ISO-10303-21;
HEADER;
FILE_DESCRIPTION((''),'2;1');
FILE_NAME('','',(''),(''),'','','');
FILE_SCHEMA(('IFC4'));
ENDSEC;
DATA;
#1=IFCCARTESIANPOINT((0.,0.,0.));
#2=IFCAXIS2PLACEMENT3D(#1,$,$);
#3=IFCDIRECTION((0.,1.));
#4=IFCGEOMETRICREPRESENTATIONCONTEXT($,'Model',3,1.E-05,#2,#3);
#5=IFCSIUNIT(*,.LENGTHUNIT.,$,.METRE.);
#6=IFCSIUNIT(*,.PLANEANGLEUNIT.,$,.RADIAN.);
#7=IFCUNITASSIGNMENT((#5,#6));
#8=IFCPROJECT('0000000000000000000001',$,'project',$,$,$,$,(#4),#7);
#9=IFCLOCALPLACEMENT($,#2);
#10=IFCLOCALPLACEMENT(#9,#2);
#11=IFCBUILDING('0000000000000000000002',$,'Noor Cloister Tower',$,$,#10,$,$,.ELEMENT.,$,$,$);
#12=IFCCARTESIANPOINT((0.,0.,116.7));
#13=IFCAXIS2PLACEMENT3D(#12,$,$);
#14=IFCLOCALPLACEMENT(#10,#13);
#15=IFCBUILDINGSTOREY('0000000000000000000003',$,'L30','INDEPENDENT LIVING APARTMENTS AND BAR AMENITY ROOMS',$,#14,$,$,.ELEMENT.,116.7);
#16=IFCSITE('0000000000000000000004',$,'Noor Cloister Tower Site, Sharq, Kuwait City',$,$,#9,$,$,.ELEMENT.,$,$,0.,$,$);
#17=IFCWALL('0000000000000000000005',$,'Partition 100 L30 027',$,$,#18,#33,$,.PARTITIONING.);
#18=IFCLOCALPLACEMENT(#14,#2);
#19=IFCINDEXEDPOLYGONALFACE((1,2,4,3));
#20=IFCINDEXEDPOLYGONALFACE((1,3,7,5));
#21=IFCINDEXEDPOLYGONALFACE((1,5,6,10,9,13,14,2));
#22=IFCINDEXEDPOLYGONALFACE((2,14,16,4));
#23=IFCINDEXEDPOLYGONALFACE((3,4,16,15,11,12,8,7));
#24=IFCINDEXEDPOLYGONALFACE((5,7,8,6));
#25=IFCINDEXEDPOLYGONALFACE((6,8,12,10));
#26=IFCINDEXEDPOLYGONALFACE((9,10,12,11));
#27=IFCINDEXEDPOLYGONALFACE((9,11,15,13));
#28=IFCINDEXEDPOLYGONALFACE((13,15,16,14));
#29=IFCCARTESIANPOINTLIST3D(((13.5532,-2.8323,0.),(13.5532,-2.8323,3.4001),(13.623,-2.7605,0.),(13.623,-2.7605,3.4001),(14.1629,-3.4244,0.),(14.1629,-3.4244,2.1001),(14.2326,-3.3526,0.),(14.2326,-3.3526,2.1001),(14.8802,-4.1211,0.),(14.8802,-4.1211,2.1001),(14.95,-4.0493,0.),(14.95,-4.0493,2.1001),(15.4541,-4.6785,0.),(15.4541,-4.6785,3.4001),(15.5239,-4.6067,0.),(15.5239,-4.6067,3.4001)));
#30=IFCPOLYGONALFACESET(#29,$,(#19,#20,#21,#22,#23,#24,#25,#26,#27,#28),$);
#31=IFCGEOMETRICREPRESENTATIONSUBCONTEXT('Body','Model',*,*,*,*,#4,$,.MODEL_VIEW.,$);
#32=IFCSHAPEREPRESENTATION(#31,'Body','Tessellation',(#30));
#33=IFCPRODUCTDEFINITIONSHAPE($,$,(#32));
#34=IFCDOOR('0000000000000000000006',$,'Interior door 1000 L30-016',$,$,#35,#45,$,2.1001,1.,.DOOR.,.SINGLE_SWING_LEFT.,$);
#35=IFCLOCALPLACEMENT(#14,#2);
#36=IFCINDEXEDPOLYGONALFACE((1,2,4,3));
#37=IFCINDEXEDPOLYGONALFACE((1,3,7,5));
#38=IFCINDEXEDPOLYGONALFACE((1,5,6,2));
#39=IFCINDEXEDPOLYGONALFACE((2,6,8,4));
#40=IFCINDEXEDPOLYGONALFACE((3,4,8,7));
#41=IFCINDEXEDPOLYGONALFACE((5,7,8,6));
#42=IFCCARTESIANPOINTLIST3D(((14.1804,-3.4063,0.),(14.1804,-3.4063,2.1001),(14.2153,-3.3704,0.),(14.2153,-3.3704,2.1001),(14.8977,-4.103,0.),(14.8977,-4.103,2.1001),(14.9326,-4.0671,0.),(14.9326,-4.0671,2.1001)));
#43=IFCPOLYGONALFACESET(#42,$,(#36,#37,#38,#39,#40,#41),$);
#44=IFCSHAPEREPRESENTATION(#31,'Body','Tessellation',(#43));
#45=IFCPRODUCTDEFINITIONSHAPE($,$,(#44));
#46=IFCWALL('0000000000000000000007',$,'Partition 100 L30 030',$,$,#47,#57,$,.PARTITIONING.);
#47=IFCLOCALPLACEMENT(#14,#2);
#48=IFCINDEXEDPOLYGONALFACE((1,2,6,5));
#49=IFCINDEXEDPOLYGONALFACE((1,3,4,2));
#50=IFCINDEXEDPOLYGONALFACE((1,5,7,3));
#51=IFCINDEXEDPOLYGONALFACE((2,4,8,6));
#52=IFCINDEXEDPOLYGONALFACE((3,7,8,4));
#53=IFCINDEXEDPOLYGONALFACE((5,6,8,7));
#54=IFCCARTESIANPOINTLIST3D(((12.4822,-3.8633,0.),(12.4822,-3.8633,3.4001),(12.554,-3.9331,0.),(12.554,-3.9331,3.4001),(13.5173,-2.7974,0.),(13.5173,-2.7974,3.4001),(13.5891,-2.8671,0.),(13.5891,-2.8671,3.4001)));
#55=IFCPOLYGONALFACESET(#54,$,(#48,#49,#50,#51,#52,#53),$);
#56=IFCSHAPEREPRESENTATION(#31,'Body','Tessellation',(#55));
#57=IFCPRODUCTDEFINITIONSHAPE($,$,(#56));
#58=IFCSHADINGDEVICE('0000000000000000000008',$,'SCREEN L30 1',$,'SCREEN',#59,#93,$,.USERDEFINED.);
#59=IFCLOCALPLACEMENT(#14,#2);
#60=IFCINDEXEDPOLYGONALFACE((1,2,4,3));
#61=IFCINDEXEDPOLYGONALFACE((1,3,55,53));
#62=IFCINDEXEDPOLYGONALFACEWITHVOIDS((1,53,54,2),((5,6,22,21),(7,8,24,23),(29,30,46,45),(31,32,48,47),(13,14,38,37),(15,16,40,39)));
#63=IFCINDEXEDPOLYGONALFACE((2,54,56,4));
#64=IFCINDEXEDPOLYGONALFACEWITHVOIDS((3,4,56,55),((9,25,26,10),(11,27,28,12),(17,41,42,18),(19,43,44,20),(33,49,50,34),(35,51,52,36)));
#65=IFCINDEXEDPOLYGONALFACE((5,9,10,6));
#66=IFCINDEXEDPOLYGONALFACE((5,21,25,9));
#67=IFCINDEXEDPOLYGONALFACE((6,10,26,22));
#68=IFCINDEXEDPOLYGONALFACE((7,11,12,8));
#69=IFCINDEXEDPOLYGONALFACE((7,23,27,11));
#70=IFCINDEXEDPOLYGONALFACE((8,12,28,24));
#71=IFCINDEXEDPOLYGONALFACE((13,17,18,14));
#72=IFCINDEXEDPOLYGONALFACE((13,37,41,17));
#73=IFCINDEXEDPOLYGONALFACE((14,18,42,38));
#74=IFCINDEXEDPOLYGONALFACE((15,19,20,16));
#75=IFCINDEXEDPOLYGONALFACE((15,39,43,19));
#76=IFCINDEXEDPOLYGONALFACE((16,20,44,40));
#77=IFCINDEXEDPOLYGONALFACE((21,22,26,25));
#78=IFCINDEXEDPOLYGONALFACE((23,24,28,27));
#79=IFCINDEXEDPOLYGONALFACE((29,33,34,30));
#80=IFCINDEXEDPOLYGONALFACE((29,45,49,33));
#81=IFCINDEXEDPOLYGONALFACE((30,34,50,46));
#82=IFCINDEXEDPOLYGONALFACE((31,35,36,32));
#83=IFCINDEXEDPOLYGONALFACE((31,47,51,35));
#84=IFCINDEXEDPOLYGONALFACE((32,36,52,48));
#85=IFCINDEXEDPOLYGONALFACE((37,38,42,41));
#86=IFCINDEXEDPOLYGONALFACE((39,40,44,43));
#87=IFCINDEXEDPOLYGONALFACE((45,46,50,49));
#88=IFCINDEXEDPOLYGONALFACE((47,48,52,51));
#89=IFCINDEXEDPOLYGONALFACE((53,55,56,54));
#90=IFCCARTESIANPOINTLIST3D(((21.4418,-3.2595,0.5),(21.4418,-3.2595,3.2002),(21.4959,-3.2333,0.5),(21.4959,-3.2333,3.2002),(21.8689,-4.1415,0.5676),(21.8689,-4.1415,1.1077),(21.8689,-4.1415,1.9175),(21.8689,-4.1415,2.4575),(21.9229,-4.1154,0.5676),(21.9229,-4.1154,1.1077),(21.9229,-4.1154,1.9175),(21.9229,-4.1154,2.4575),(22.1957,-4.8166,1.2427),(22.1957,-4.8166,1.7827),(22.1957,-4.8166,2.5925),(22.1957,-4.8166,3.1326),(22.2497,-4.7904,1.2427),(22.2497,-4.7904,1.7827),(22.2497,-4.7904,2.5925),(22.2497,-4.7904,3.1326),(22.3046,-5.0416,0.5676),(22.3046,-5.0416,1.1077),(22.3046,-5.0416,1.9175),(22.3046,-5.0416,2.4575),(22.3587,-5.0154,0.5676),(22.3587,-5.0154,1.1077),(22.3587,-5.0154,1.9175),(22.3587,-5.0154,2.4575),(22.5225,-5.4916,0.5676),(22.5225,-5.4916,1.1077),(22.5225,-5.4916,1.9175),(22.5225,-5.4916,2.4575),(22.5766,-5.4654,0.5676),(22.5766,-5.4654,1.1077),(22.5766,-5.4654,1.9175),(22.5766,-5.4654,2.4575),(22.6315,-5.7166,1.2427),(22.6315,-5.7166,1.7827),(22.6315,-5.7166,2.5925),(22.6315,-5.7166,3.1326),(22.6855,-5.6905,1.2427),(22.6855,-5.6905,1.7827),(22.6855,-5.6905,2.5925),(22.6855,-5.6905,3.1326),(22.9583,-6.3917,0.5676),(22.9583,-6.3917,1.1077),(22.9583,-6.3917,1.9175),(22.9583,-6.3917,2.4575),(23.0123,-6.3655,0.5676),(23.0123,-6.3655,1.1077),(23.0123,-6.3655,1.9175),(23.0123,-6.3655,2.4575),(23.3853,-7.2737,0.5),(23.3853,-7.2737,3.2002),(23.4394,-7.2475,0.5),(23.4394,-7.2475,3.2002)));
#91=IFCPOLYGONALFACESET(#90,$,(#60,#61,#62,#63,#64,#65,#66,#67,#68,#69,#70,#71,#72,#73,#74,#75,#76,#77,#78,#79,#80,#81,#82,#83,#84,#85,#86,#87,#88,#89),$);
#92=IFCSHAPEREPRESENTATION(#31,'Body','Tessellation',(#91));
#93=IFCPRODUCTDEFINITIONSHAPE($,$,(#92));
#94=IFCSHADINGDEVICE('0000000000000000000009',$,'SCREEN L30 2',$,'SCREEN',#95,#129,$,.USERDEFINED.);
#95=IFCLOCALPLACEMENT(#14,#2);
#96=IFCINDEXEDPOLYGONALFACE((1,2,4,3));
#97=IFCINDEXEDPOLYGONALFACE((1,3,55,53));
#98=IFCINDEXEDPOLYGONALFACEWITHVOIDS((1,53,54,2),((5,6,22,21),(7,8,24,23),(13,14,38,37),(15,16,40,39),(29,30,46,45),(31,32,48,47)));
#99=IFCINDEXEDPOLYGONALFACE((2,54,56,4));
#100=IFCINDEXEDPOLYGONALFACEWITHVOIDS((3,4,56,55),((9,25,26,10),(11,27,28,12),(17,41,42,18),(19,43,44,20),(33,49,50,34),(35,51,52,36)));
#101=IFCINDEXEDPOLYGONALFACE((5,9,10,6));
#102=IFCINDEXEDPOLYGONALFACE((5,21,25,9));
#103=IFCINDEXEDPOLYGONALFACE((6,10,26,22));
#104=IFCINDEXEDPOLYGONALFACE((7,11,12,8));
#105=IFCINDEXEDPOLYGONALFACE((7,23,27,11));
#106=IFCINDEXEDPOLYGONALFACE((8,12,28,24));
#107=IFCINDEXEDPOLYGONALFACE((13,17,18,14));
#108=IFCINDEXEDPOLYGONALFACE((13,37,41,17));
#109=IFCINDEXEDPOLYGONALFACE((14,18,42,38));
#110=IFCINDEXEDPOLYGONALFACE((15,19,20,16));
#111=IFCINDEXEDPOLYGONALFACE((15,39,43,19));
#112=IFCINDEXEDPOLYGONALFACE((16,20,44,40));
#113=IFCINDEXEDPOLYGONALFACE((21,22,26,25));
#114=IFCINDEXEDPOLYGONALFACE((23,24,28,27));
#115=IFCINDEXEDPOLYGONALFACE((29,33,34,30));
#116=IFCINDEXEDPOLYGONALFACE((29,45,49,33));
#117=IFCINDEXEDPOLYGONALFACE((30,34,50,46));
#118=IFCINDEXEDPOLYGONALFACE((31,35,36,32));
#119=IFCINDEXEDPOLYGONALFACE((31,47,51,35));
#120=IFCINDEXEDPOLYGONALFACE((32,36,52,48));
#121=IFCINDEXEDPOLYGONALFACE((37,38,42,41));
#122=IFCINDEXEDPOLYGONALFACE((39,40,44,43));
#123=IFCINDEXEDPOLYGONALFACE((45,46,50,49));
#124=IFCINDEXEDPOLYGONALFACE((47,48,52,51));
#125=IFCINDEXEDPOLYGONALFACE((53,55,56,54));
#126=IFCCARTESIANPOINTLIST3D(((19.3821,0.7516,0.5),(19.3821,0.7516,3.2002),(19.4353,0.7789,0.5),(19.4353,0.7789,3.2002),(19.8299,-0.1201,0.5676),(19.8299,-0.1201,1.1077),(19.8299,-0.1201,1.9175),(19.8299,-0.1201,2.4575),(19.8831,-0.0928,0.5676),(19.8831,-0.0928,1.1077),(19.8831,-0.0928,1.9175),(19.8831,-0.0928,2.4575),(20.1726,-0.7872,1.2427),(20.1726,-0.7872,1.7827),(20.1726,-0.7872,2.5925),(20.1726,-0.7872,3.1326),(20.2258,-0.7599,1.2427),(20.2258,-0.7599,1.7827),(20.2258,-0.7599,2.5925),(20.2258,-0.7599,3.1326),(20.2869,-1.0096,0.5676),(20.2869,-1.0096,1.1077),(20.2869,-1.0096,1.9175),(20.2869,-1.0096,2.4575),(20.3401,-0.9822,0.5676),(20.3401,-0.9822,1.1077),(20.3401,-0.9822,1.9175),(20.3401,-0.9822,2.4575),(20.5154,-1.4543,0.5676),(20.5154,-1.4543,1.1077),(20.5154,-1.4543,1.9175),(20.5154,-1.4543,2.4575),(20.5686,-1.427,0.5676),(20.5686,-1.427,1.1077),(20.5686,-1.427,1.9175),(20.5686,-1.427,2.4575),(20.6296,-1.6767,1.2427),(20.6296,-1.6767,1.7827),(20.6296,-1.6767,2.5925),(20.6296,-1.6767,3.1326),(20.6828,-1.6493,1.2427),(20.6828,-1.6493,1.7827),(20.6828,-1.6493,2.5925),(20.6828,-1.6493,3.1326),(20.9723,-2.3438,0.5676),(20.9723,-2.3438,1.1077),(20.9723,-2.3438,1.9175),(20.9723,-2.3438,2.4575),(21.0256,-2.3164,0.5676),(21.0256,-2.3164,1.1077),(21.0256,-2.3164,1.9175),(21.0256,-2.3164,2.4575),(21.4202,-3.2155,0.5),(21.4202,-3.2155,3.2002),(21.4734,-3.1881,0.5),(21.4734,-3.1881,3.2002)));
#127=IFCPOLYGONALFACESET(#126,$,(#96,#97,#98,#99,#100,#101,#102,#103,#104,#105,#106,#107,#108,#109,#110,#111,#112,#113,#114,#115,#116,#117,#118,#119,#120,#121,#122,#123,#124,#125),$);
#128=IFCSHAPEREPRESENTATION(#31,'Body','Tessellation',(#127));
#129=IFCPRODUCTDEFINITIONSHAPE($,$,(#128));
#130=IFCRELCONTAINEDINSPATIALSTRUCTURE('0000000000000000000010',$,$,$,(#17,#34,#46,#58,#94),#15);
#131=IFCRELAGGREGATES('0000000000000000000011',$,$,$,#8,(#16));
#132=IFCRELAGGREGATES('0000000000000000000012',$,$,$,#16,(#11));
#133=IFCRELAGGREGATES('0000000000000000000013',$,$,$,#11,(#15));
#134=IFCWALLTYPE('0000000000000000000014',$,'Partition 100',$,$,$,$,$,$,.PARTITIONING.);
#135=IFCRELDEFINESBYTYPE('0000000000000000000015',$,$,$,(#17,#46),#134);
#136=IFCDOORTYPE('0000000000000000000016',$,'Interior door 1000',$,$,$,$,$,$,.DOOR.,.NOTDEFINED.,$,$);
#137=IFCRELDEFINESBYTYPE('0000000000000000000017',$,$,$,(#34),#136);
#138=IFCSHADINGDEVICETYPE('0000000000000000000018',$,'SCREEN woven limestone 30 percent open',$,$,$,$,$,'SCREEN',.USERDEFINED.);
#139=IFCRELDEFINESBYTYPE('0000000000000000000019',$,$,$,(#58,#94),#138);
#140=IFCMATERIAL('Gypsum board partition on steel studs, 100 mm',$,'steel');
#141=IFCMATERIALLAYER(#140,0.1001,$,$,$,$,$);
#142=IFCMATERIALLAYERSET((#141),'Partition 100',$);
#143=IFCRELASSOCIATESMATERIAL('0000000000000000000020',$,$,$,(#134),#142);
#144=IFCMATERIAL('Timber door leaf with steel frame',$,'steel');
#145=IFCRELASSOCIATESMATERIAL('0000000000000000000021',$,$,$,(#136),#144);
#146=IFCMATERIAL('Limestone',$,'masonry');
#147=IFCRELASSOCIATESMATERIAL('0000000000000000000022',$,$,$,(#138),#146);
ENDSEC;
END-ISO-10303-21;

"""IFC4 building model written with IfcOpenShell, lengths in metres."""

from ifc_helpers import new_model, si_unit, direction, frame, frame_2d, origin, place, context, subcontext, project, spatial, polyline, rectangle, outline, extrude, material, layer, layer_set, material_profile, profile_set, type_object, element, fill, save


model = new_model("IFC4")

# Units and contexts
model_context = context("Model", 3, precision=1e-05, world=origin(), true_north=direction((0.0, 1.0)))
body_context = subcontext(model_context, "Body", "Model", "MODEL_VIEW")
ifc_project = project(units=[si_unit("LENGTHUNIT", "METRE"), si_unit("PLANEANGLEUNIT", "RADIAN")], contexts=[model_context])

# Site, building, storey
site_placement = place(None, origin())
site = spatial("IfcSite", under=ifc_project, at=site_placement, Name="Noor Cloister Tower Site, Sharq, Kuwait City", CompositionType="ELEMENT", RefElevation=0.0)
building_placement = place(site_placement, origin())
building = spatial("IfcBuilding", under=site, at=building_placement, Name="Noor Cloister Tower", CompositionType="ELEMENT")
storey_placement = place(building_placement, frame((0.0, 0.0, 116.7)))
storey = spatial("IfcBuildingStorey", under=building, at=storey_placement, Name="L30", Description="INDEPENDENT LIVING APARTMENTS AND BAR AMENITY ROOMS", CompositionType="ELEMENT", Elevation=116.7)

# Wall, opening, door
ifc_material_1 = material(Name="Gypsum board partition on steel studs, 100 mm", Category="steel")
ifc_layer_1 = layer(ifc_material_1, 0.1001)
ifc_layer_set_1 = layer_set([ifc_layer_1], Name="Partition 100")
wall_type_1 = type_object("IfcWallType", Name="Partition 100", PredefinedType="PARTITIONING", material=ifc_layer_set_1)
ifc_material_2 = material(Name="Timber door leaf with steel frame", Category="steel")
door_type_1 = type_object("IfcDoorType", Name="Interior door 1000", OperationType="NOTDEFINED", PredefinedType="DOOR", material=ifc_material_2)
wall_1_placement = place(storey_placement, frame((15.489, -4.6426, 0.0), z_axis=(0.0, 0.0, 1.0), x_axis=(-0.71735, 0.696713, 0.0)))
wall_1 = element("IfcWall", 1, at=wall_1_placement, inside=storey, type_object=wall_type_1, Name="Partition 100 L30 027", PredefinedType="PARTITIONING", context=body_context, shape_type="SweptSolid", body=[
    extrude(rectangle(XDim=2.6499, YDim=0.1001, at=frame_2d((1.325, 0.0))), origin(), (0.0, 0.0, 1.0), 3.4001),
])
opening_1_placement = place(wall_1_placement, frame((0.8, 0.0, 0.0)))
opening_1 = element("IfcOpeningElement", 2, at=opening_1_placement, cuts=wall_1, PredefinedType="OPENING", context=body_context, shape_type="SweptSolid", body=[
    extrude(rectangle(XDim=1.0, YDim=2.1001, at=frame_2d((0.5, 1.05))), frame((0.0, 0.0601, 0.0), z_axis=(0.0, -1.0, 0.0), x_axis=(1.0, 0.0, 0.0)), (0.0, 0.0, 1.0), 0.1201),
])
door_1_placement = place(opening_1_placement, origin())
door_1 = element("IfcDoor", 3, at=door_1_placement, inside=storey, type_object=door_type_1, Name="Interior door 1000 L30-016", OperationType="SINGLE_SWING_LEFT", OverallHeight=2.1001, OverallWidth=1.0, PredefinedType="DOOR", context=body_context, shape_type="SweptSolid", body=[
    extrude(rectangle(XDim=1.0, YDim=2.1001, at=frame_2d((0.5, 1.05))), frame((0.0, 0.0249, 0.0), z_axis=(0.0, -1.0, 0.0), x_axis=(1.0, 0.0, 0.0)), (0.0, 0.0, 1.0), 0.05),
])
fill(opening_1, door_1)

# Wall
wall_2_placement = place(storey_placement, frame((12.5181, -3.8982, 0.0), z_axis=(0.0, 0.0, 1.0), x_axis=(0.696679, 0.717383, 0.0)))
element("IfcWall", 4, at=wall_2_placement, inside=storey, type_object=wall_type_1, Name="Partition 100 L30 030", PredefinedType="PARTITIONING", context=body_context, shape_type="SweptSolid", body=[
    extrude(rectangle(XDim=1.4858, YDim=0.1001, at=frame_2d((0.7429, 0.0))), origin(), (0.0, 0.0, 1.0), 3.4001),
])

# Shading devices
ifc_material_3 = material(Name="Limestone", Category="masonry")
ifc_material_profile_1 = material_profile(ifc_material_3, outline(polyline([(-2.23, -1.3501), (2.23, -1.3501), (2.23, 1.3501), (-2.23, 1.3501), (-2.23, -1.3501)]), holes=[polyline([(-1.25, -1.2825), (-0.25, -1.2825), (-0.25, -0.7424), (-1.25, -0.7424), (-1.25, -1.2825)]), polyline([(0.25, -1.2825), (1.25, -1.2825), (1.25, -0.7424), (0.25, -0.7424), (0.25, -1.2825)]), polyline([(-0.5, -0.6074), (0.5, -0.6074), (0.5, -0.0674), (-0.5, -0.0674), (-0.5, -0.6074)]), polyline([(-1.25, 0.0674), (-0.25, 0.0674), (-0.25, 0.6074), (-1.25, 0.6074), (-1.25, 0.0674)]), polyline([(0.25, 0.0674), (1.25, 0.0674), (1.25, 0.6074), (0.25, 0.6074), (0.25, 0.0674)]), polyline([(-0.5, 0.7424), (0.5, 0.7424), (0.5, 1.2825), (-0.5, 1.2825), (-0.5, 0.7424)])]), Name="Woven screen 30 percent open")
ifc_profile_set_1 = profile_set([ifc_material_profile_1], Name="Limestone")
shading_device_type = type_object("IfcShadingDeviceType", Name="SCREEN woven limestone 30 percent open", ElementType="SCREEN", PredefinedType="USERDEFINED", material=ifc_profile_set_1)
shading_device_1_placement = place(storey_placement, frame((22.4136, -5.2666, 1.8501), z_axis=(0.900056, 0.435774, 0.0), x_axis=(-0.435774, 0.900056, 0.0)))
element("IfcShadingDevice", 5, at=shading_device_1_placement, inside=storey, type_object=shading_device_type, Name="SCREEN L30 1", ObjectType="SCREEN", PredefinedType="USERDEFINED", context=body_context, shape_type="SweptSolid", body=[
    extrude(outline(polyline([(-2.23, -1.3501), (2.23, -1.3501), (2.23, 1.3501), (-2.23, 1.3501), (-2.23, -1.3501)]), holes=[polyline([(-1.25, -1.2825), (-0.25, -1.2825), (-0.25, -0.7424), (-1.25, -0.7424), (-1.25, -1.2825)]), polyline([(0.25, -1.2825), (1.25, -1.2825), (1.25, -0.7424), (0.25, -0.7424), (0.25, -1.2825)]), polyline([(-0.5, -0.6074), (0.5, -0.6074), (0.5, -0.0674), (-0.5, -0.0674), (-0.5, -0.6074)]), polyline([(-1.25, 0.0674), (-0.25, 0.0674), (-0.25, 0.6074), (-1.25, 0.6074), (-1.25, 0.0674)]), polyline([(0.25, 0.0674), (1.25, 0.0674), (1.25, 0.6074), (0.25, 0.6074), (0.25, 0.0674)]), polyline([(-0.5, 0.7424), (0.5, 0.7424), (0.5, 1.2825), (-0.5, 1.2825), (-0.5, 0.7424)])]), origin(), (0.0, 0.0, 1.0), 0.0601),
])
shading_device_2_placement = place(storey_placement, frame((20.4011, -1.2319, 1.8501), z_axis=(0.889477, 0.456979, 0.0), x_axis=(-0.456979, 0.889477, 0.0)))
element("IfcShadingDevice", 6, at=shading_device_2_placement, inside=storey, type_object=shading_device_type, Name="SCREEN L30 2", ObjectType="SCREEN", PredefinedType="USERDEFINED", context=body_context, shape_type="SweptSolid", body=[
    extrude(outline(polyline([(-2.23, -1.3501), (2.23, -1.3501), (2.23, 1.3501), (-2.23, 1.3501), (-2.23, -1.3501)]), holes=[polyline([(-1.25, -1.2825), (-0.25, -1.2825), (-0.25, -0.7424), (-1.25, -0.7424), (-1.25, -1.2825)]), polyline([(0.25, -1.2825), (1.25, -1.2825), (1.25, -0.7424), (0.25, -0.7424), (0.25, -1.2825)]), polyline([(-0.5, -0.6074), (0.5, -0.6074), (0.5, -0.0674), (-0.5, -0.0674), (-0.5, -0.6074)]), polyline([(-1.25, 0.0674), (-0.25, 0.0674), (-0.25, 0.6074), (-1.25, 0.6074), (-1.25, 0.0674)]), polyline([(0.25, 0.0674), (1.25, 0.0674), (1.25, 0.6074), (0.25, 0.6074), (0.25, 0.0674)]), polyline([(-0.5, 0.7424), (0.5, 0.7424), (0.5, 1.2825), (-0.5, 1.2825), (-0.5, 0.7424)])]), origin(), (0.0, 0.0, 1.0), 0.0598),
])

save(model, "model.ifc")
